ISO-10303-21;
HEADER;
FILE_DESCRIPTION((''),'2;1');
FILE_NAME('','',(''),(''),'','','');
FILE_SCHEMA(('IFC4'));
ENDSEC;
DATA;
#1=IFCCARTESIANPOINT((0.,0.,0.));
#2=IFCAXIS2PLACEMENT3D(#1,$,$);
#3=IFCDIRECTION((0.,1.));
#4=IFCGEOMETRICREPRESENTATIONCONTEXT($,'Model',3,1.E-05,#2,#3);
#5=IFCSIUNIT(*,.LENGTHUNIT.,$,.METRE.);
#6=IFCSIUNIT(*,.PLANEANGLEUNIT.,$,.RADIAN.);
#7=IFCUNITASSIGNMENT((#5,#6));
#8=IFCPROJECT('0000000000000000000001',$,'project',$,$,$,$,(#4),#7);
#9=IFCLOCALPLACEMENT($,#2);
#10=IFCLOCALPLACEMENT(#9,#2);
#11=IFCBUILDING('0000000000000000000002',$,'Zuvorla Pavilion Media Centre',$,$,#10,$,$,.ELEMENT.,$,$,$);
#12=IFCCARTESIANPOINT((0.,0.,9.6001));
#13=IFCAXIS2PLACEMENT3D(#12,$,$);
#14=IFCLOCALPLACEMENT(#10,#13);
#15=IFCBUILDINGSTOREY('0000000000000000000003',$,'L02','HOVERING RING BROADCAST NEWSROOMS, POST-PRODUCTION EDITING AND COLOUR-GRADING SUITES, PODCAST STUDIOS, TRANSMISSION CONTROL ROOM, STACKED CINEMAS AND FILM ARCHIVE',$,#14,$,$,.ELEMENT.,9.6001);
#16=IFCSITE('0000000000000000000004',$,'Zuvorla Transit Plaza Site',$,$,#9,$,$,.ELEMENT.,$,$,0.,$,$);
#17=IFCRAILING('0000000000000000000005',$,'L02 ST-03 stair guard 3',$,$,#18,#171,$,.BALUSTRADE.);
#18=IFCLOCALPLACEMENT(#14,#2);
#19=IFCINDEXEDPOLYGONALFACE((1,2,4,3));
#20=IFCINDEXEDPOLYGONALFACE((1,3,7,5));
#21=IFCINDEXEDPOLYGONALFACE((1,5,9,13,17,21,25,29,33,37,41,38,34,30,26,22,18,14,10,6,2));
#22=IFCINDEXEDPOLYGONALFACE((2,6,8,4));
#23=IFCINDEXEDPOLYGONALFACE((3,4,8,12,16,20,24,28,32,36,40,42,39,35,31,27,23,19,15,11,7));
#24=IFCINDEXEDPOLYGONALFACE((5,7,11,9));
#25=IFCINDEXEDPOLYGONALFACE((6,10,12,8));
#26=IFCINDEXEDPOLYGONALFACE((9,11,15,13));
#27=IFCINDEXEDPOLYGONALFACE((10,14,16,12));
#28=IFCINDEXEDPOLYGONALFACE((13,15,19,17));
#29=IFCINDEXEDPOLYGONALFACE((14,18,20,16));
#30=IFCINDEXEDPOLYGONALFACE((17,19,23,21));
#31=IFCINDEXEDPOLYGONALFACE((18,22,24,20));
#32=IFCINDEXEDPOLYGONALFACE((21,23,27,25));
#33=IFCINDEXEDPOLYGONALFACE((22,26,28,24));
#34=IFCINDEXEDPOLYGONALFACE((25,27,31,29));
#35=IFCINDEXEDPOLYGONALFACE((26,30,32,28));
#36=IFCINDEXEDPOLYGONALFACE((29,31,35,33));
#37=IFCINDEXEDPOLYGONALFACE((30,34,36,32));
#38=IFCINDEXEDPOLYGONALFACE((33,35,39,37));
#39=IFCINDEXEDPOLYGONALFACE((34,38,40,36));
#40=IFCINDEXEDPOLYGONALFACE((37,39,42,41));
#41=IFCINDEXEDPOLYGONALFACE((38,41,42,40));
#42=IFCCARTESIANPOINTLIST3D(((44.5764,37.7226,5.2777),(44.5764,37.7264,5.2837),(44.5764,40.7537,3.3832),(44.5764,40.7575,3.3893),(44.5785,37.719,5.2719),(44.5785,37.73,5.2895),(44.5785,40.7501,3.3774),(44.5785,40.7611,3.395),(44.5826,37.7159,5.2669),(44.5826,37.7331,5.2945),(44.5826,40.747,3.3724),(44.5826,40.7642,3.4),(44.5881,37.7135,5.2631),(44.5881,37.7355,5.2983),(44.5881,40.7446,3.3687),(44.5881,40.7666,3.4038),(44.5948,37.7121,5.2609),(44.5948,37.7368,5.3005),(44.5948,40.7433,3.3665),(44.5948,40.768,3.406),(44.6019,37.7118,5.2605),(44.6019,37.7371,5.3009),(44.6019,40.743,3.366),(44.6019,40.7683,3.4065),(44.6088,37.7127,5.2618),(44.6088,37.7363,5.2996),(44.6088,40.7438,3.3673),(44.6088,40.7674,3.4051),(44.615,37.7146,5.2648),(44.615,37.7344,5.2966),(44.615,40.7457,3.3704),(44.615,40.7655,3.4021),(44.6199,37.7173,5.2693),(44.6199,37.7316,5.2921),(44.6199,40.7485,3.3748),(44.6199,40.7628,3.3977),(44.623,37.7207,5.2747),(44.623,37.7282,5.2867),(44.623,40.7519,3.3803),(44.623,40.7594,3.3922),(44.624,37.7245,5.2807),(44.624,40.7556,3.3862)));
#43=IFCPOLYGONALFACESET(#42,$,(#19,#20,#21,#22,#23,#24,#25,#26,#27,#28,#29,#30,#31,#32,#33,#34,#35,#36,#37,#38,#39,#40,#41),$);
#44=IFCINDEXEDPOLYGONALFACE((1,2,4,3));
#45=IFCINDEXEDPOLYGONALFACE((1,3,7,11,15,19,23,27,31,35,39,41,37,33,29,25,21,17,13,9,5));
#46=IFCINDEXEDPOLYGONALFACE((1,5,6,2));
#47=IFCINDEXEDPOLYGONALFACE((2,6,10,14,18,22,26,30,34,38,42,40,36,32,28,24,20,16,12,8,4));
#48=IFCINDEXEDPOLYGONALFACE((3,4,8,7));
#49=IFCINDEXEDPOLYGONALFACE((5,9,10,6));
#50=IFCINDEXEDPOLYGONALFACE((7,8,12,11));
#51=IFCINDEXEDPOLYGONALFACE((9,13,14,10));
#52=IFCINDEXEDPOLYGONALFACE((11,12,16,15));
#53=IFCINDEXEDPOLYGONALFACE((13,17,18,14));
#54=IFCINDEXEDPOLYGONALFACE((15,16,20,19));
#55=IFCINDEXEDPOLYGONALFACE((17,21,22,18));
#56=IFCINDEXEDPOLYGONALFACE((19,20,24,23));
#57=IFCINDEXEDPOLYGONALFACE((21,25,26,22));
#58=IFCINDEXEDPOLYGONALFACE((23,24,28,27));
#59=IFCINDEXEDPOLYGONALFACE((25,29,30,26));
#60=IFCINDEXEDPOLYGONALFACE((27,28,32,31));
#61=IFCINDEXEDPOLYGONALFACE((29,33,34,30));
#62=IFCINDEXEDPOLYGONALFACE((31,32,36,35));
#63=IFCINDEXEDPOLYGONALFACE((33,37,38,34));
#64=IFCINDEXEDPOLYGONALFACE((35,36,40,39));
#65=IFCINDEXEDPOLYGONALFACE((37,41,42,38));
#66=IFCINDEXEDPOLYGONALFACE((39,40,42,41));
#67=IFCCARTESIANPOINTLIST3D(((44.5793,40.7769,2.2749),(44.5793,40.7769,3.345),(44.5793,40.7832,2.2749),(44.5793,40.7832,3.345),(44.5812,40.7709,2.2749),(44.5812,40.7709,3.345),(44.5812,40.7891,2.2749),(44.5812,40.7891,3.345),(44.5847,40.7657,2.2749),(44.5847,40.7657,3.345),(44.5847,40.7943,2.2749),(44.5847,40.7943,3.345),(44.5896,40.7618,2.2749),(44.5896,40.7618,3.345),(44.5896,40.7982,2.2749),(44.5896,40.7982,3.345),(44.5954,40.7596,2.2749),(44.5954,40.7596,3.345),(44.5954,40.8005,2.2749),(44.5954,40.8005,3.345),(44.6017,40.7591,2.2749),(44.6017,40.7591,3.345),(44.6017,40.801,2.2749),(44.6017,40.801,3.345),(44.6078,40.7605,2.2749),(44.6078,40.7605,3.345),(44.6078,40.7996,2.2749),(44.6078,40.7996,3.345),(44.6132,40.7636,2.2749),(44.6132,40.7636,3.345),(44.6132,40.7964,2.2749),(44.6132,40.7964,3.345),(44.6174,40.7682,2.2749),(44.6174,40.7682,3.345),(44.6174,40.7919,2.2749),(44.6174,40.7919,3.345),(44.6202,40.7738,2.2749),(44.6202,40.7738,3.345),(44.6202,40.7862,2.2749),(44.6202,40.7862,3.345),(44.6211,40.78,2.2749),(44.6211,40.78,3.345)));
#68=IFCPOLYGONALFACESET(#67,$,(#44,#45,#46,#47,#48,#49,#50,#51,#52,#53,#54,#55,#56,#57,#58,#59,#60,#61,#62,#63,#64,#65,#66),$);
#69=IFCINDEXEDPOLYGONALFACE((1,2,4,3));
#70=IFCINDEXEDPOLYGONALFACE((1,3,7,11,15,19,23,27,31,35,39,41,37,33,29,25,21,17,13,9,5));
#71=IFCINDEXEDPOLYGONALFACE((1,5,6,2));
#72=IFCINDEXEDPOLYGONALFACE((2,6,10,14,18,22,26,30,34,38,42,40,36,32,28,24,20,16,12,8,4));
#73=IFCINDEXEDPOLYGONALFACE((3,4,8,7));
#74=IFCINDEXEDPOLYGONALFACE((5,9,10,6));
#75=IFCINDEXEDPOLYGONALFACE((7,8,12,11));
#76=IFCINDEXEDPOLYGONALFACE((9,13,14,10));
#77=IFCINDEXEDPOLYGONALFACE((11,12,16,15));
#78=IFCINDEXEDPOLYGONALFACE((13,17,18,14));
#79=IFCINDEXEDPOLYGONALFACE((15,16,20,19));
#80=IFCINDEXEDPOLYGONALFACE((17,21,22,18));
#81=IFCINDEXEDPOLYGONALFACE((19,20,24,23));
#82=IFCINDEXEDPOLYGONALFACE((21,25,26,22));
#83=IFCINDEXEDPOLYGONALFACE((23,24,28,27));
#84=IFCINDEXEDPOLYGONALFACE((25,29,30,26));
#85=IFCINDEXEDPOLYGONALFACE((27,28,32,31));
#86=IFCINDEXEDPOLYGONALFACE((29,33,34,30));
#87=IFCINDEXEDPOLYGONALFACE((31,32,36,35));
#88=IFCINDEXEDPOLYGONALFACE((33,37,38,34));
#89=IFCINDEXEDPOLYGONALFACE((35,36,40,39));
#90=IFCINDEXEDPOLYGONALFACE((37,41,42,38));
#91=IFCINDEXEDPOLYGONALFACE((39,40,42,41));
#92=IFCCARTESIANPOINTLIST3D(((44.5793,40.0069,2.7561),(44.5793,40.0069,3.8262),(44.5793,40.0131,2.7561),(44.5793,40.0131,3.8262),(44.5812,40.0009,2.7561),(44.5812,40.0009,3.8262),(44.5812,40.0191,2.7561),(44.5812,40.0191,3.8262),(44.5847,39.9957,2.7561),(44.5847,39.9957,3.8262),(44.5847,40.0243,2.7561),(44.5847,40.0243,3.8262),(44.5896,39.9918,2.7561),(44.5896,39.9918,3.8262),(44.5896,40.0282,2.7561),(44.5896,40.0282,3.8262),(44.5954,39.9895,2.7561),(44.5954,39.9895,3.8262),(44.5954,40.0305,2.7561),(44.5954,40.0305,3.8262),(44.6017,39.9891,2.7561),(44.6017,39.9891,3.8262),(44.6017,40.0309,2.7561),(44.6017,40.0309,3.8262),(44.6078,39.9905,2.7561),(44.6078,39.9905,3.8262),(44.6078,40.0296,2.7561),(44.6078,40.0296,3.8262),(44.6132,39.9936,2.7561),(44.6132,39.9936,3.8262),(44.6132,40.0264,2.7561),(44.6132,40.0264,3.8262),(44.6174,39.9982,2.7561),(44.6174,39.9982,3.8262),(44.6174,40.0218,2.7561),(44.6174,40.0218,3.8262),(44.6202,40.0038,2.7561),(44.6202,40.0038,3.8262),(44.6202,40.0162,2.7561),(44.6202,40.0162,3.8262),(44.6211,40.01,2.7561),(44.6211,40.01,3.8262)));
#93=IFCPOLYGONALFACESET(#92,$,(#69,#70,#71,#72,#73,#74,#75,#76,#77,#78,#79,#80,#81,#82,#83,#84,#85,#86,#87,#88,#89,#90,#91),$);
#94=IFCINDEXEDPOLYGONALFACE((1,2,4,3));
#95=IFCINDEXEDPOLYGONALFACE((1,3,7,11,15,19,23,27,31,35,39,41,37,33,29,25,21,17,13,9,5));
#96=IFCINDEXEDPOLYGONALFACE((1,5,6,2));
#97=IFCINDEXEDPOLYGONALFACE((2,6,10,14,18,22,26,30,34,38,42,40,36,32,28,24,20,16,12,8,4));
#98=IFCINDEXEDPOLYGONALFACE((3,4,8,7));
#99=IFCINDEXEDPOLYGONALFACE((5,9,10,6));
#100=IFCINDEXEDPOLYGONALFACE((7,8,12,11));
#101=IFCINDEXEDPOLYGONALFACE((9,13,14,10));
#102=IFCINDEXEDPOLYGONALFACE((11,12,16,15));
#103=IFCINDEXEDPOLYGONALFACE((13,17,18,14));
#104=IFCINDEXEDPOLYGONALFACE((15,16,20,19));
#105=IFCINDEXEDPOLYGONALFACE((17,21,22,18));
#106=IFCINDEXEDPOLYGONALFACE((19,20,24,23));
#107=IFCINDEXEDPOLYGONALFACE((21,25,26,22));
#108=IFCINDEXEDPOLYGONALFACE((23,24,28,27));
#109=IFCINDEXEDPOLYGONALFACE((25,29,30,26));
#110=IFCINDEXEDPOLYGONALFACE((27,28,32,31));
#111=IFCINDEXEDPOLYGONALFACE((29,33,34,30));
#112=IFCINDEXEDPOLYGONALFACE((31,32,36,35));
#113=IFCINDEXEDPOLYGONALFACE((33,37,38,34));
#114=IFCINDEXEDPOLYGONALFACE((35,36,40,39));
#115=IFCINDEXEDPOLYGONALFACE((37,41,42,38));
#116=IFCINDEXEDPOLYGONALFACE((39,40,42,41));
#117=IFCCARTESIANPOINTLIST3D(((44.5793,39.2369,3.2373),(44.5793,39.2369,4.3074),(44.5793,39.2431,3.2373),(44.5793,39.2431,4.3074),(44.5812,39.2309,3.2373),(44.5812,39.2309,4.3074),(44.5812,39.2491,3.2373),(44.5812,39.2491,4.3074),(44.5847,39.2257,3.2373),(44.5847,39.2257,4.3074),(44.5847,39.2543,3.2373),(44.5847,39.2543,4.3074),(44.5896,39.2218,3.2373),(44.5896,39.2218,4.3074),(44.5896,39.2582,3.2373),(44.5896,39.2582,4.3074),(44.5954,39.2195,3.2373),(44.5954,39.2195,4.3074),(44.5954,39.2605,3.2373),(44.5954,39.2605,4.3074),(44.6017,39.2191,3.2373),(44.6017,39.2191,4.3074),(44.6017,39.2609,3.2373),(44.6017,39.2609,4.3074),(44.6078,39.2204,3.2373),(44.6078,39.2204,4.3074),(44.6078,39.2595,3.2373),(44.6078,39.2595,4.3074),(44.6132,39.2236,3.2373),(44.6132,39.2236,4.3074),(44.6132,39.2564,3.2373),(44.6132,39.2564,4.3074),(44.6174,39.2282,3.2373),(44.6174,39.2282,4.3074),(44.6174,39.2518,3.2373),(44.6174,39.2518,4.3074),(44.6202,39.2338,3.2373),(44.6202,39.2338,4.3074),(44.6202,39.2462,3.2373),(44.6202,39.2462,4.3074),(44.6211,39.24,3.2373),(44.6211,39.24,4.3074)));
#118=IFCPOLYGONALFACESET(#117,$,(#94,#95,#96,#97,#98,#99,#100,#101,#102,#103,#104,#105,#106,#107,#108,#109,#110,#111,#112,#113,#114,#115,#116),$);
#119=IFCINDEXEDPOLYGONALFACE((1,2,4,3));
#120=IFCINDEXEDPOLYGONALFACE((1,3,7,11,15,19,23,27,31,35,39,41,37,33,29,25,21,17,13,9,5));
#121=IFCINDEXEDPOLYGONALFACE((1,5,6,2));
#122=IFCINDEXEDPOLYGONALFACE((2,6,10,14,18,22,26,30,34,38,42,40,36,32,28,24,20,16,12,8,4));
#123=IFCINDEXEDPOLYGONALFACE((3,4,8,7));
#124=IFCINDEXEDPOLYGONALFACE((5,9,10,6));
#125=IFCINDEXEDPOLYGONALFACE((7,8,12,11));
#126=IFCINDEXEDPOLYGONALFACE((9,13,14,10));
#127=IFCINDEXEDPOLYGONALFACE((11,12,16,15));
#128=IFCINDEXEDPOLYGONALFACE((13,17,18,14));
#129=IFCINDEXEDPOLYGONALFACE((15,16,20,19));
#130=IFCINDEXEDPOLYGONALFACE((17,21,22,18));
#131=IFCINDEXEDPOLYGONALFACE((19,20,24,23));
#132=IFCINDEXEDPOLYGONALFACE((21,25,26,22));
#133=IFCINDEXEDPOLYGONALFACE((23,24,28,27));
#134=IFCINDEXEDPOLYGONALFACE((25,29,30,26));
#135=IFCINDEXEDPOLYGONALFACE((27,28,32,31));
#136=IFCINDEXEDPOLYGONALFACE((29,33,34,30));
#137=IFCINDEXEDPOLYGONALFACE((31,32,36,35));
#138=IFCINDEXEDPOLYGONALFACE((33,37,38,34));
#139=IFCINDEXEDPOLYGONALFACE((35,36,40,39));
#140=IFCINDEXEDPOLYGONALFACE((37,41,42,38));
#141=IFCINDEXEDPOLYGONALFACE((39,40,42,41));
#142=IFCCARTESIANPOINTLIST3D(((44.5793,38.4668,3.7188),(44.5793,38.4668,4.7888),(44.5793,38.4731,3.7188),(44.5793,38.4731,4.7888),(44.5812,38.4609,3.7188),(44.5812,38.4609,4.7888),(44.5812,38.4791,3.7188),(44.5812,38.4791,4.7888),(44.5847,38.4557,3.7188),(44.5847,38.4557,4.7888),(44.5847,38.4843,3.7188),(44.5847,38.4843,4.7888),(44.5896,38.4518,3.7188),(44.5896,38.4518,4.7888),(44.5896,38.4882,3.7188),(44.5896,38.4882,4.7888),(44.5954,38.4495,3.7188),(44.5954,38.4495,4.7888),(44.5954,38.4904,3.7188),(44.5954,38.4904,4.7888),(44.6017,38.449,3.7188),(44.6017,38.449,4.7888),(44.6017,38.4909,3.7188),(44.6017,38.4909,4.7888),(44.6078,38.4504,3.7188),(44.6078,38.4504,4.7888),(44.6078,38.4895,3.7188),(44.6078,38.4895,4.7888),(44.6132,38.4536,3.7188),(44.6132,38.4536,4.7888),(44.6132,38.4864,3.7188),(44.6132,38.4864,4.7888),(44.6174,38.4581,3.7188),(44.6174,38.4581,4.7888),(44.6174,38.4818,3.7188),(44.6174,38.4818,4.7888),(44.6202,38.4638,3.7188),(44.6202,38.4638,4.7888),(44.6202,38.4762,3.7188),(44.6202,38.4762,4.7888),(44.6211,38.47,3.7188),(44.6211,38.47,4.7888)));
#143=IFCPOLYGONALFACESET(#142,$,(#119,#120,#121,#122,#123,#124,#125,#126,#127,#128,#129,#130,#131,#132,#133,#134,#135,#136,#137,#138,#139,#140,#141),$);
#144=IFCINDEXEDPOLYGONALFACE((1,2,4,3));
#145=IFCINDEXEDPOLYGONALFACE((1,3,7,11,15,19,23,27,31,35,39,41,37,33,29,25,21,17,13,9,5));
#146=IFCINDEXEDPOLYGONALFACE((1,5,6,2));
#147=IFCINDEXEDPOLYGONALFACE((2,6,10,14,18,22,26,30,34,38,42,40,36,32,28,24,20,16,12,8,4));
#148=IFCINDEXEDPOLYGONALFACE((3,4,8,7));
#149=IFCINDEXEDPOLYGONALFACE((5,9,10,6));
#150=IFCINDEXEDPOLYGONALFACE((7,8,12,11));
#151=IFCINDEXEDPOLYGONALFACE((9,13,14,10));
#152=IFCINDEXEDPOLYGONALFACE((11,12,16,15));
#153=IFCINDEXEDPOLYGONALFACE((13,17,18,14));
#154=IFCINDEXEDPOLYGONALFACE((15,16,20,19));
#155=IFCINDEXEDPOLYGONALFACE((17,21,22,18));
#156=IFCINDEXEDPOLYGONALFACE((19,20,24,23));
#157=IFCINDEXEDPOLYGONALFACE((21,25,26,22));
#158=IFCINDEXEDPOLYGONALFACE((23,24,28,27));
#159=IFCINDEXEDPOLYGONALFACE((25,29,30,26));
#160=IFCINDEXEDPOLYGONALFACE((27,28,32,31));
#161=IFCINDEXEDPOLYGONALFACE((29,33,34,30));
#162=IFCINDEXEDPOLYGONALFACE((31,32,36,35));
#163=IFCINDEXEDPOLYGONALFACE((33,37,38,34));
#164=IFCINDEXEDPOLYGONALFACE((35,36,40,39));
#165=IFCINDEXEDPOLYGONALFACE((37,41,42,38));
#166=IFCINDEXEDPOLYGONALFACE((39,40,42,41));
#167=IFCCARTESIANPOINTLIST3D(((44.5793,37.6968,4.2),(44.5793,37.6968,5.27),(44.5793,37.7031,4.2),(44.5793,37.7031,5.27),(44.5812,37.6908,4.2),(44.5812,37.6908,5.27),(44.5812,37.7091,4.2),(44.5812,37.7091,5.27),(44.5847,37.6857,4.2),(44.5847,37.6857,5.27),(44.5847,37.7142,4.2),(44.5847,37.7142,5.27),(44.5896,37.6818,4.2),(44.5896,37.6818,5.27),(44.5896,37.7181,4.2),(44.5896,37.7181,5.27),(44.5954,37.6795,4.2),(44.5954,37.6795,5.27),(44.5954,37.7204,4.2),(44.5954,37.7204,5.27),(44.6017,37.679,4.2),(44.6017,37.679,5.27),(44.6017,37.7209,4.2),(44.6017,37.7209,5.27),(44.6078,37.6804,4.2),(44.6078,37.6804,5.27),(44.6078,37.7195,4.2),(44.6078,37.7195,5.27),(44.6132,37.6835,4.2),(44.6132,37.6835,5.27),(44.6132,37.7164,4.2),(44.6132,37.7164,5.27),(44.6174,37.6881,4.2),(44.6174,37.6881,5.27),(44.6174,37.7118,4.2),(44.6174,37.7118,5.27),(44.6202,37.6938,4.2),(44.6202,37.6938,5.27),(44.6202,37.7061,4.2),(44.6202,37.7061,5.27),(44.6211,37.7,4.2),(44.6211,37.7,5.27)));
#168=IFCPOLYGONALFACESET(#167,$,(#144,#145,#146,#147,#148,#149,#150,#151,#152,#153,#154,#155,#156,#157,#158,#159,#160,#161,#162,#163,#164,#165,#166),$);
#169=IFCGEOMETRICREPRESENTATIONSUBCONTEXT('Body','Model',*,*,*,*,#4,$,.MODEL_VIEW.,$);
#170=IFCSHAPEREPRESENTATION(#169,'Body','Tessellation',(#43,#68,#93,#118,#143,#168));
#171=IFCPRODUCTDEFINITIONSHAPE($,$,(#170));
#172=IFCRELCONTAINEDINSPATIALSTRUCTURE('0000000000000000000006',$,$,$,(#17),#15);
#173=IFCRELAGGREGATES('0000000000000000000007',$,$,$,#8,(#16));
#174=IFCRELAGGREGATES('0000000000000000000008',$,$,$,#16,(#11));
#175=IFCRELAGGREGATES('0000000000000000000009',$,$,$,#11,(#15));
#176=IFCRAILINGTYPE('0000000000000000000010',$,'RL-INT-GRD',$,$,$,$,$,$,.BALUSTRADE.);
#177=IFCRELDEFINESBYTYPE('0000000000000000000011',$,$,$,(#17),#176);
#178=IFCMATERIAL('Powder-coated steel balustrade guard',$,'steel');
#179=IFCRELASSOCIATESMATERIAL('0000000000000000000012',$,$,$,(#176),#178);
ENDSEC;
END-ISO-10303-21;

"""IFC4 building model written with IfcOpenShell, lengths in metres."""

from ifc_helpers import new_model, si_unit, direction, frame, origin, origin_2d, place, context, subcontext, project, spatial, circle, extrude, material, type_object, element, save


model = new_model("IFC4")

# Units and contexts
model_context = context("Model", 3, precision=1e-05, world=origin(), true_north=direction((0.0, 1.0)))
body_context = subcontext(model_context, "Body", "Model", "MODEL_VIEW")
ifc_project = project(units=[si_unit("LENGTHUNIT", "METRE"), si_unit("PLANEANGLEUNIT", "RADIAN")], contexts=[model_context])

# Site, building, storey
site_placement = place(None, origin())
site = spatial("IfcSite", under=ifc_project, at=site_placement, Name="Zuvorla Transit Plaza Site", CompositionType="ELEMENT", RefElevation=0.0)
building_placement = place(site_placement, origin())
building = spatial("IfcBuilding", under=site, at=building_placement, Name="Zuvorla Pavilion Media Centre", CompositionType="ELEMENT")
storey_placement = place(building_placement, frame((0.0, 0.0, 9.6001)))
storey = spatial("IfcBuildingStorey", under=building, at=storey_placement, Name="L02", Description="HOVERING RING BROADCAST NEWSROOMS, POST-PRODUCTION EDITING AND COLOUR-GRADING SUITES, PODCAST STUDIOS, TRANSMISSION CONTROL ROOM, STACKED CINEMAS AND FILM ARCHIVE", CompositionType="ELEMENT", Elevation=9.6001)

# Railing
ifc_material_1 = material(Name="Powder-coated steel balustrade guard", Category="steel")
railing_type_1 = type_object("IfcRailingType", Name="RL-INT-GRD", PredefinedType="BALUSTRADE", material=ifc_material_1)
railing_1_placement = place(storey_placement, frame((44.6001, 40.78, 2.2749)))
element("IfcRailing", 1, at=railing_1_placement, inside=storey, type_object=railing_type_1, Name="L02 ST-03 stair guard 3", PredefinedType="BALUSTRADE", context=body_context, shape_type="SweptSolid", body=[
    extrude(circle(Radius=0.0239, at=origin_2d()), frame((0.0, -0.0244, 1.1113), z_axis=(0.0, -0.847998, 0.529999), x_axis=(1.0, 0.0, 0.0)), (0.0, 0.0, 1.0), 3.5745),
    extrude(circle(Radius=0.021, at=origin_2d()), origin(), (0.0, 0.0, 1.0), 1.0701),
    extrude(circle(Radius=0.021, at=origin_2d()), frame((0.0, -0.77, 0.4812)), (0.0, 0.0, 1.0), 1.0701),
    extrude(circle(Radius=0.021, at=origin_2d()), frame((0.0, -1.54, 0.9624)), (0.0, 0.0, 1.0), 1.0701),
    extrude(circle(Radius=0.021, at=origin_2d()), frame((0.0, -2.3101, 1.4438)), (0.0, 0.0, 1.0), 1.0701),
    extrude(circle(Radius=0.021, at=origin_2d()), frame((0.0, -3.0801, 1.925)), (0.0, 0.0, 1.0), 1.0701),
])

save(model, "model.ifc")
